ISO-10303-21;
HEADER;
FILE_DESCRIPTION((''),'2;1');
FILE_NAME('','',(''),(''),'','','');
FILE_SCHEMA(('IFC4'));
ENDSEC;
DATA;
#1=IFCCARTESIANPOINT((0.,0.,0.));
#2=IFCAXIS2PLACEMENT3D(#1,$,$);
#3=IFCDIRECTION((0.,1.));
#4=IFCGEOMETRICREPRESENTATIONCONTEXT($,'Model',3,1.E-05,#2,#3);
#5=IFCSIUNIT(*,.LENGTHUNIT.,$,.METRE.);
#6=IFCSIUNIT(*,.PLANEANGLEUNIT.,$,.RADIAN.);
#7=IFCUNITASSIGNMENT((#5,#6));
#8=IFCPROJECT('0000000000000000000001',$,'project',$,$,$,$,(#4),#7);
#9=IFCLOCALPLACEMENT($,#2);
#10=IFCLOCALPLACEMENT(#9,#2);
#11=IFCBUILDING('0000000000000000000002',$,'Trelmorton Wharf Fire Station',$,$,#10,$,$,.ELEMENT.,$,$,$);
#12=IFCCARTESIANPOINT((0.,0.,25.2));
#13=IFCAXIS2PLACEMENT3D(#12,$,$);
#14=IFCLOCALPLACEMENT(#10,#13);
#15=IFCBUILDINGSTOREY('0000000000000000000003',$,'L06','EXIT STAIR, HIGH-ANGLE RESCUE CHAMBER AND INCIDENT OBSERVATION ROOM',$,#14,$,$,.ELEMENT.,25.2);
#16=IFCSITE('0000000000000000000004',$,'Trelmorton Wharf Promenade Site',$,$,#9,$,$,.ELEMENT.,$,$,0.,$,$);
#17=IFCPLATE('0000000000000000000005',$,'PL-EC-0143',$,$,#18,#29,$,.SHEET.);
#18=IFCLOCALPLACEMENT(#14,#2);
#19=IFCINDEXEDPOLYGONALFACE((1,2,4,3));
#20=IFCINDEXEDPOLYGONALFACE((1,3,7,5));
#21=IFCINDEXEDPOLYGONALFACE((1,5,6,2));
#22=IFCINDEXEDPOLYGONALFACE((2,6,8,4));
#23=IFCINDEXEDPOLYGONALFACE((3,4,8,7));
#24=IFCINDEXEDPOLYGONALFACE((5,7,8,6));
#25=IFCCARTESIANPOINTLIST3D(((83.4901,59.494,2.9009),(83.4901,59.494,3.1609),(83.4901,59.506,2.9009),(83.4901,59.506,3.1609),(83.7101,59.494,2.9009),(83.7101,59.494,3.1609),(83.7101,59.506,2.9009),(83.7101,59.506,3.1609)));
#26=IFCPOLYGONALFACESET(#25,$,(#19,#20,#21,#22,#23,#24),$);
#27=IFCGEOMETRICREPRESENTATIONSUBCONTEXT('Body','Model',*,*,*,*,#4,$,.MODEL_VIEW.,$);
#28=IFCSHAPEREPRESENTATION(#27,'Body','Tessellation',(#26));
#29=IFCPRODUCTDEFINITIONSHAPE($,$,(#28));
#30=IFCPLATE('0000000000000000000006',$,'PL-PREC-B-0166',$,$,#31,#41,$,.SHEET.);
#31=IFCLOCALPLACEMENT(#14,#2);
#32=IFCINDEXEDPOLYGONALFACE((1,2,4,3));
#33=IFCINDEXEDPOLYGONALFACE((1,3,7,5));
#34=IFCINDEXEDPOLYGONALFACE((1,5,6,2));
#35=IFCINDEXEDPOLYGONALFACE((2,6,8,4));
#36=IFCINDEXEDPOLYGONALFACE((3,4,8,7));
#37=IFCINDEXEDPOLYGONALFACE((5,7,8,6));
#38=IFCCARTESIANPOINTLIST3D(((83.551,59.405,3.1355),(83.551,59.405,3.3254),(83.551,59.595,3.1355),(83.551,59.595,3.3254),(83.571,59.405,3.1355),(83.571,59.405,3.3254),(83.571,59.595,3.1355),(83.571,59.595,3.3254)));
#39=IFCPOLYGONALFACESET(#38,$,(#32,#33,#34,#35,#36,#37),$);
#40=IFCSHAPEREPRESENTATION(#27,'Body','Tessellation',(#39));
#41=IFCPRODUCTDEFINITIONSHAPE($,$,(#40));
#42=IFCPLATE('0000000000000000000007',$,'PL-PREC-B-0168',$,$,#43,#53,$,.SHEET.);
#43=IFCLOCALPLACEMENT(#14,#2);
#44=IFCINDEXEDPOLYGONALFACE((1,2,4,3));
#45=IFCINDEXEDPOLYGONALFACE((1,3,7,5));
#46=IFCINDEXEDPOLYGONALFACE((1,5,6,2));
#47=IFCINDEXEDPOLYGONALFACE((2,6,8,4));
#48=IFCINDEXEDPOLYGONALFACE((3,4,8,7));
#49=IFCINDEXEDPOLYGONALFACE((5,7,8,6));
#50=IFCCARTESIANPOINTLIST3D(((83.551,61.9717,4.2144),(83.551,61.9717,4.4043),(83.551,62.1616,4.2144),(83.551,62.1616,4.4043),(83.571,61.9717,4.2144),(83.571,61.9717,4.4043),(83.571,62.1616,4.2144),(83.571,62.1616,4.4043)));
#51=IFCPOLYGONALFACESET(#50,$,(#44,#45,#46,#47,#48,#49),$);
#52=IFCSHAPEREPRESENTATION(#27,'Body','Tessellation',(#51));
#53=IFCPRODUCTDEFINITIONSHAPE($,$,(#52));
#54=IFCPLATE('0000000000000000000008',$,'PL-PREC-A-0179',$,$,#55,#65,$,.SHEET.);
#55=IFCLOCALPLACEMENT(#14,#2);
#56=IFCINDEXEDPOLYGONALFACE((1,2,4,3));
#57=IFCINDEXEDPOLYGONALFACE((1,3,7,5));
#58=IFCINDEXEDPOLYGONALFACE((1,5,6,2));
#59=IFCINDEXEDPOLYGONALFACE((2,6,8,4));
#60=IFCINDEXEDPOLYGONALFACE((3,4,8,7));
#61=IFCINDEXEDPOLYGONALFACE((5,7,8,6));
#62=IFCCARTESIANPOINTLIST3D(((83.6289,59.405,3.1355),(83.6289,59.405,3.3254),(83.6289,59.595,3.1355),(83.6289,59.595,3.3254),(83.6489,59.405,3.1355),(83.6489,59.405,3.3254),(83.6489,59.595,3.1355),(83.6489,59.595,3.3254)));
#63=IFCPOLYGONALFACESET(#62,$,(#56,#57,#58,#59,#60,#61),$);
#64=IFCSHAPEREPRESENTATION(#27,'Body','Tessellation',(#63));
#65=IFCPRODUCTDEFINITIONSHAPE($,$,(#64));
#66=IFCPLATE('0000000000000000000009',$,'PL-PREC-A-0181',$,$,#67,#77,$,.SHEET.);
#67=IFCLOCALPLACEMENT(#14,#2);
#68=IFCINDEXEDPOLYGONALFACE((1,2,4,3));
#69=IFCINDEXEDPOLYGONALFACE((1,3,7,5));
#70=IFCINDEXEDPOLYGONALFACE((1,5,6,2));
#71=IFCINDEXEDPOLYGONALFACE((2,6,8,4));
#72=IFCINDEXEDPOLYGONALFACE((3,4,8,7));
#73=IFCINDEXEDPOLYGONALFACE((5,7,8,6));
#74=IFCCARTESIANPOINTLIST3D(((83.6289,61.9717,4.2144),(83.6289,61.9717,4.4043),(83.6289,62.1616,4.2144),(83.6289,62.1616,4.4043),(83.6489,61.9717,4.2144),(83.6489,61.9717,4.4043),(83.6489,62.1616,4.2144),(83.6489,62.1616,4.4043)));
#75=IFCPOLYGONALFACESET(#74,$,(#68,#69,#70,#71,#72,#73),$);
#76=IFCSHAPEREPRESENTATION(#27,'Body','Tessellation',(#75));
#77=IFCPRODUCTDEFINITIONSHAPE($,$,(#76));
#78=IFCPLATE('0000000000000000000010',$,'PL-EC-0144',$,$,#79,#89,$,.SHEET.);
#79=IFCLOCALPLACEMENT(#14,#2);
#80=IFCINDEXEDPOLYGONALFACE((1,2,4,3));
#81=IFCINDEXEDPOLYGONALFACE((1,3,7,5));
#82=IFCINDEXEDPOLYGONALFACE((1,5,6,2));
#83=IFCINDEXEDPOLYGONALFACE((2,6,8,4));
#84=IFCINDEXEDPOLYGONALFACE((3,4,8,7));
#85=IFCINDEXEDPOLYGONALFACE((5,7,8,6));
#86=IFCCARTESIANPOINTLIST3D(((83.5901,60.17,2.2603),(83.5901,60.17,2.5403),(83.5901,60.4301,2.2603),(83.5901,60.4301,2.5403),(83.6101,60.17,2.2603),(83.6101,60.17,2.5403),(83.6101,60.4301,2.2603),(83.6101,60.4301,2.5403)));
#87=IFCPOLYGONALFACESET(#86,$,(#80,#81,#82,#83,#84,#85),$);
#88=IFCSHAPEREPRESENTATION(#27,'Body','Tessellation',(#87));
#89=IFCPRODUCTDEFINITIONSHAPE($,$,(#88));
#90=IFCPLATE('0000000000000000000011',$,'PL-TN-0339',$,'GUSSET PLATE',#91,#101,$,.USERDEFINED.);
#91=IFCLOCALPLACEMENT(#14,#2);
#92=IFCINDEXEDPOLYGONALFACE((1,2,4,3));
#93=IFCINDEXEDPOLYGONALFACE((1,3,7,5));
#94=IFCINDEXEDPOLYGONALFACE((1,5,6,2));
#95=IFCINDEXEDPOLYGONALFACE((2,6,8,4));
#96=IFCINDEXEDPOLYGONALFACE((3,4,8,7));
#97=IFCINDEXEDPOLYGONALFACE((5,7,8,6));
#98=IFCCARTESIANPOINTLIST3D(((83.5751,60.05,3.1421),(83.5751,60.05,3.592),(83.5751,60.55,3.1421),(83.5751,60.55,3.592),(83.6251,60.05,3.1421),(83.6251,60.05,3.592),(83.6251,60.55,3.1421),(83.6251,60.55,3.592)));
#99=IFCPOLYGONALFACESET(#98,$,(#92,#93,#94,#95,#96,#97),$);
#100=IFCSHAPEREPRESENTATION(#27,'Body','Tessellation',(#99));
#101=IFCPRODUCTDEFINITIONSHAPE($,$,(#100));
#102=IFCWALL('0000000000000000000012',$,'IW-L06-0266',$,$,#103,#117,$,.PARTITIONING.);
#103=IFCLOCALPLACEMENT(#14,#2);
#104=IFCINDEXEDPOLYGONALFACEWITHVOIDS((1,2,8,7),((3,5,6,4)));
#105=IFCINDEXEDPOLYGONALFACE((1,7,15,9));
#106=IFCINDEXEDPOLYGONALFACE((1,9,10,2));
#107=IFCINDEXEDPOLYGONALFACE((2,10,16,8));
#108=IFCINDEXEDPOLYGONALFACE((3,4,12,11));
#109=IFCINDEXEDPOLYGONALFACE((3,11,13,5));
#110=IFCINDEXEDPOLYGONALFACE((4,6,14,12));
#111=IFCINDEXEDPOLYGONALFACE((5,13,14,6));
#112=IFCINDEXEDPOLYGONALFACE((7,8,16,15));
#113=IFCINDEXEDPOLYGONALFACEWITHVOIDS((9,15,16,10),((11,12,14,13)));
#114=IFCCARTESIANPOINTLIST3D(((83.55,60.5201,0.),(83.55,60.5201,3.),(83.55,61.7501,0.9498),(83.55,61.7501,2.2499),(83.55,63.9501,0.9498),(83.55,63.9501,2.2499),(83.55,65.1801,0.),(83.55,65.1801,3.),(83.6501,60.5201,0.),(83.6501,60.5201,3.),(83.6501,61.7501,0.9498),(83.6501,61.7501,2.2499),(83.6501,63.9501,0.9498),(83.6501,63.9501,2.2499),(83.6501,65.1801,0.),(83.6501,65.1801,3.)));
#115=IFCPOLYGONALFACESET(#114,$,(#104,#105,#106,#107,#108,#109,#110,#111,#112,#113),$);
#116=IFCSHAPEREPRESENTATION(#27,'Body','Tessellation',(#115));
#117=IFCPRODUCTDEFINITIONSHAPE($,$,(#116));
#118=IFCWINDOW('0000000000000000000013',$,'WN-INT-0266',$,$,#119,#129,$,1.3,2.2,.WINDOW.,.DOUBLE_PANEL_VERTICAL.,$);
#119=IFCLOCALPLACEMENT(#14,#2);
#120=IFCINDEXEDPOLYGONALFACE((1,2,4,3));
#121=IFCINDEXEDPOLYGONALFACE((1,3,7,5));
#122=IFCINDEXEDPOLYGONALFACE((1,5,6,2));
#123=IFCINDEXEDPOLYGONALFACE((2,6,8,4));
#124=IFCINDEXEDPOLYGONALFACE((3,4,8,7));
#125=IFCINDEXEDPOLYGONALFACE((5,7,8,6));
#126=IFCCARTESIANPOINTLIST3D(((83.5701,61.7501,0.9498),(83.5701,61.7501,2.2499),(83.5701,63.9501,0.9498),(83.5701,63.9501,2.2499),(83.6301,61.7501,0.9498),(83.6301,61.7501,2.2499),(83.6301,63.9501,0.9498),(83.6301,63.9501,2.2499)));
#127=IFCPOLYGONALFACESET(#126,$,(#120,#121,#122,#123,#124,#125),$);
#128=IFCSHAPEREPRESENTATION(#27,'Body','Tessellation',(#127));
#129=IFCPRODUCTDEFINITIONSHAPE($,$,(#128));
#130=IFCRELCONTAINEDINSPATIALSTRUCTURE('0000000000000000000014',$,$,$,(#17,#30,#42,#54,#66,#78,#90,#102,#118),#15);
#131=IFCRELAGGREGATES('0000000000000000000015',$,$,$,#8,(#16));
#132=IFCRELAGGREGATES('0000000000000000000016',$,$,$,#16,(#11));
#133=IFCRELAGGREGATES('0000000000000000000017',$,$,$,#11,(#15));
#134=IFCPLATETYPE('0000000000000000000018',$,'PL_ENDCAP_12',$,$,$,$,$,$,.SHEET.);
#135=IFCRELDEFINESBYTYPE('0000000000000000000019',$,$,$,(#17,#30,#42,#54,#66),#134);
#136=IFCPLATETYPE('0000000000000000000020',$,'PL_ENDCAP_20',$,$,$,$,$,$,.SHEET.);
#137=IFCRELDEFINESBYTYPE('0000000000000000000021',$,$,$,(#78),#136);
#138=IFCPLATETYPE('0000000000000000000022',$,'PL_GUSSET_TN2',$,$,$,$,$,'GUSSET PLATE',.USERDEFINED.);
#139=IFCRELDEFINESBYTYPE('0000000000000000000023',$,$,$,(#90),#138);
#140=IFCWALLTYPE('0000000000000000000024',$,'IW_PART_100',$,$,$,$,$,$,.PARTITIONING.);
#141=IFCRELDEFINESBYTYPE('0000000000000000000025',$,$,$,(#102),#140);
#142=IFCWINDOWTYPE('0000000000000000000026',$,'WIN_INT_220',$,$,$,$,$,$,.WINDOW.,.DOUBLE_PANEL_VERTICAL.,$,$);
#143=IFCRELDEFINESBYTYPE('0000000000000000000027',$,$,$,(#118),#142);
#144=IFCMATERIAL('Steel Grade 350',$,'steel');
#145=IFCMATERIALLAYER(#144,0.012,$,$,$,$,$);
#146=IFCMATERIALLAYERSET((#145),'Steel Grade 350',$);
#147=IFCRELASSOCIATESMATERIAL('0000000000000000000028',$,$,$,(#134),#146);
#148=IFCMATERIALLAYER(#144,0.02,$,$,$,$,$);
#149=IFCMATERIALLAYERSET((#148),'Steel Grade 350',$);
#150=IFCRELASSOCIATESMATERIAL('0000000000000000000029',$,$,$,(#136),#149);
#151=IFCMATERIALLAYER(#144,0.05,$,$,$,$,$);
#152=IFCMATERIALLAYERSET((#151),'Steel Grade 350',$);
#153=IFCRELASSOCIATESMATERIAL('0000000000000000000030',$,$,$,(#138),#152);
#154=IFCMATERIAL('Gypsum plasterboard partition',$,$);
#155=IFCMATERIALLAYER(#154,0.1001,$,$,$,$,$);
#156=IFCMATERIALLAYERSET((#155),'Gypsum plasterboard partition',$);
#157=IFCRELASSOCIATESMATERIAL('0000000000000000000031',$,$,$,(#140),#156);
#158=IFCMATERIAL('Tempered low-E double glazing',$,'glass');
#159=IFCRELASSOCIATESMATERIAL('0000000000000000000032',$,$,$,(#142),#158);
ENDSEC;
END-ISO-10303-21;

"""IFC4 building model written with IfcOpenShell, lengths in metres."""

from ifc_helpers import new_model, si_unit, direction, frame, frame_2d, origin, origin_2d, place, context, subcontext, project, spatial, rectangle, extrude, material, layer, layer_set, type_object, element, fill, save


model = new_model("IFC4")

# Units and contexts
model_context = context("Model", 3, precision=1e-05, world=origin(), true_north=direction((0.0, 1.0)))
body_context = subcontext(model_context, "Body", "Model", "MODEL_VIEW")
ifc_project = project(units=[si_unit("LENGTHUNIT", "METRE"), si_unit("PLANEANGLEUNIT", "RADIAN")], contexts=[model_context])

# Site, building, storey
site_placement = place(None, origin())
site = spatial("IfcSite", under=ifc_project, at=site_placement, Name="Trelmorton Wharf Promenade Site", CompositionType="ELEMENT", RefElevation=0.0)
building_placement = place(site_placement, origin())
building = spatial("IfcBuilding", under=site, at=building_placement, Name="Trelmorton Wharf Fire Station", CompositionType="ELEMENT")
storey_placement = place(building_placement, frame((0.0, 0.0, 25.2)))
storey = spatial("IfcBuildingStorey", under=building, at=storey_placement, Name="L06", Description="EXIT STAIR, HIGH-ANGLE RESCUE CHAMBER AND INCIDENT OBSERVATION ROOM", CompositionType="ELEMENT", Elevation=25.2)

# Shared definitions
ifc_material_1 = material(Name="Steel Grade 350", Category="steel")

# Shared definitions
ifc_material_2 = material(Name="Tempered low-E double glazing", Category="glass")

# Plates
ifc_layer_1 = layer(ifc_material_1, 0.012)
ifc_layer_set_1 = layer_set([ifc_layer_1], Name="Steel Grade 350")
plate_type_1 = type_object("IfcPlateType", Name="PL_ENDCAP_12", PredefinedType="SHEET", material=ifc_layer_set_1)
plate_1_placement = place(storey_placement, frame((83.6001, 59.5, 2.9009), z_axis=(0.0, 0.0, 1.0), x_axis=(1.0, 0.0, 0.0)))
element("IfcPlate", 1, at=plate_1_placement, inside=storey, type_object=plate_type_1, Name="PL-EC-0143", PredefinedType="SHEET", context=body_context, shape_type="SweptSolid", body=[
    extrude(rectangle(XDim=0.22, YDim=0.012, at=origin_2d()), origin(), (0.0, 0.0, 1.0), 0.26),
])
for number, where, z_axis, x_axis, name in (
    (2, (83.561, 59.5, 3.1355), (0.0, 0.0, 1.0), (1.0, 0.0, 0.0), "PL-PREC-B-0166"),
    (3, (83.561, 62.0667, 4.2144), (0.0, 0.0, 1.0), (1.0, 0.0, 0.0), "PL-PREC-B-0168"),
    (4, (83.6389, 59.5, 3.1355), (0.0, 0.0, 1.0), (1.0, 0.0, 0.0), "PL-PREC-A-0179"),
    (5, (83.6389, 62.0667, 4.2144), (0.0, 0.0, 1.0), (1.0, 0.0, 0.0), "PL-PREC-A-0181"),
):
    element("IfcPlate", number, at=place(storey_placement, frame(where, z_axis=z_axis, x_axis=x_axis)), inside=storey, type_object=plate_type_1, Name=name, PredefinedType="SHEET", context=body_context, shape_type="SweptSolid", body=[
        extrude(rectangle(XDim=0.02, YDim=0.1899, at=origin_2d()), origin(), (0.0, 0.0, 1.0), 0.1899),
    ])
ifc_layer_2 = layer(ifc_material_1, 0.02)
ifc_layer_set_2 = layer_set([ifc_layer_2], Name="Steel Grade 350")
plate_type_2 = type_object("IfcPlateType", Name="PL_ENDCAP_20", PredefinedType="SHEET", material=ifc_layer_set_2)
plate_2_placement = place(storey_placement, frame((83.6001, 60.3, 2.2603), z_axis=(0.0, 0.0, 1.0), x_axis=(1.0, 0.0, 0.0)))
element("IfcPlate", 6, at=plate_2_placement, inside=storey, type_object=plate_type_2, Name="PL-EC-0144", PredefinedType="SHEET", context=body_context, shape_type="SweptSolid", body=[
    extrude(rectangle(XDim=0.02, YDim=0.26, at=origin_2d()), origin(), (0.0, 0.0, 1.0), 0.28),
])
ifc_layer_3 = layer(ifc_material_1, 0.05)
ifc_layer_set_3 = layer_set([ifc_layer_3], Name="Steel Grade 350")
plate_type_3 = type_object("IfcPlateType", Name="PL_GUSSET_TN2", ElementType="GUSSET PLATE", PredefinedType="USERDEFINED", material=ifc_layer_set_3)
plate_3_placement = place(storey_placement, frame((83.6001, 60.3, 3.1421), z_axis=(0.0, 0.0, 1.0), x_axis=(1.0, 0.0, 0.0)))
element("IfcPlate", 7, at=plate_3_placement, inside=storey, type_object=plate_type_3, Name="PL-TN-0339", ObjectType="GUSSET PLATE", PredefinedType="USERDEFINED", context=body_context, shape_type="SweptSolid", body=[
    extrude(rectangle(XDim=0.05, YDim=0.5, at=origin_2d()), origin(), (0.0, 0.0, 1.0), 0.45),
])

# Wall, opening, window
ifc_material_3 = material(Name="Gypsum plasterboard partition")
ifc_layer_4 = layer(ifc_material_3, 0.1001)
ifc_layer_set_4 = layer_set([ifc_layer_4], Name="Gypsum plasterboard partition")
wall_type = type_object("IfcWallType", Name="IW_PART_100", PredefinedType="PARTITIONING", material=ifc_layer_set_4)
wall_placement = place(storey_placement, frame((83.6001, 60.52, 0.0), z_axis=(0.0, 0.0, 1.0), x_axis=(0.0, 1.0, 0.0)))
wall = element("IfcWall", 8, at=wall_placement, inside=storey, type_object=wall_type, Name="IW-L06-0266", PredefinedType="PARTITIONING", context=body_context, shape_type="SweptSolid", body=[
    extrude(rectangle(XDim=4.6599, YDim=0.1001, at=frame_2d((2.3301, 0.0))), origin(), (0.0, 0.0, 1.0), 3.0),
])
opening_placement = place(wall_placement, frame((1.23, 0.0, 0.95)))
opening = element("IfcOpeningElement", 9, at=opening_placement, cuts=wall, PredefinedType="OPENING", context=body_context, shape_type="SweptSolid", body=[
    extrude(rectangle(XDim=2.2, YDim=1.3, at=frame_2d((1.1001, 0.6499))), frame((0.0, 0.0601, 0.0), z_axis=(0.0, -1.0, 0.0), x_axis=(1.0, 0.0, 0.0)), (0.0, 0.0, 1.0), 0.1201),
])
window_type = type_object("IfcWindowType", Name="WIN_INT_220", PartitioningType="DOUBLE_PANEL_VERTICAL", PredefinedType="WINDOW", material=ifc_material_2)
window_placement = place(opening_placement, origin())
window = element("IfcWindow", 10, at=window_placement, inside=storey, type_object=window_type, Name="WN-INT-0266", OverallHeight=1.3, OverallWidth=2.2, PartitioningType="DOUBLE_PANEL_VERTICAL", PredefinedType="WINDOW", context=body_context, shape_type="SweptSolid", body=[
    extrude(rectangle(XDim=2.2, YDim=1.3, at=frame_2d((1.1001, 0.6499))), frame((0.0, 0.03, 0.0), z_axis=(0.0, -1.0, 0.0), x_axis=(1.0, 0.0, 0.0)), (0.0, 0.0, 1.0), 0.0601),
])
fill(opening, window)

save(model, "model.ifc")
